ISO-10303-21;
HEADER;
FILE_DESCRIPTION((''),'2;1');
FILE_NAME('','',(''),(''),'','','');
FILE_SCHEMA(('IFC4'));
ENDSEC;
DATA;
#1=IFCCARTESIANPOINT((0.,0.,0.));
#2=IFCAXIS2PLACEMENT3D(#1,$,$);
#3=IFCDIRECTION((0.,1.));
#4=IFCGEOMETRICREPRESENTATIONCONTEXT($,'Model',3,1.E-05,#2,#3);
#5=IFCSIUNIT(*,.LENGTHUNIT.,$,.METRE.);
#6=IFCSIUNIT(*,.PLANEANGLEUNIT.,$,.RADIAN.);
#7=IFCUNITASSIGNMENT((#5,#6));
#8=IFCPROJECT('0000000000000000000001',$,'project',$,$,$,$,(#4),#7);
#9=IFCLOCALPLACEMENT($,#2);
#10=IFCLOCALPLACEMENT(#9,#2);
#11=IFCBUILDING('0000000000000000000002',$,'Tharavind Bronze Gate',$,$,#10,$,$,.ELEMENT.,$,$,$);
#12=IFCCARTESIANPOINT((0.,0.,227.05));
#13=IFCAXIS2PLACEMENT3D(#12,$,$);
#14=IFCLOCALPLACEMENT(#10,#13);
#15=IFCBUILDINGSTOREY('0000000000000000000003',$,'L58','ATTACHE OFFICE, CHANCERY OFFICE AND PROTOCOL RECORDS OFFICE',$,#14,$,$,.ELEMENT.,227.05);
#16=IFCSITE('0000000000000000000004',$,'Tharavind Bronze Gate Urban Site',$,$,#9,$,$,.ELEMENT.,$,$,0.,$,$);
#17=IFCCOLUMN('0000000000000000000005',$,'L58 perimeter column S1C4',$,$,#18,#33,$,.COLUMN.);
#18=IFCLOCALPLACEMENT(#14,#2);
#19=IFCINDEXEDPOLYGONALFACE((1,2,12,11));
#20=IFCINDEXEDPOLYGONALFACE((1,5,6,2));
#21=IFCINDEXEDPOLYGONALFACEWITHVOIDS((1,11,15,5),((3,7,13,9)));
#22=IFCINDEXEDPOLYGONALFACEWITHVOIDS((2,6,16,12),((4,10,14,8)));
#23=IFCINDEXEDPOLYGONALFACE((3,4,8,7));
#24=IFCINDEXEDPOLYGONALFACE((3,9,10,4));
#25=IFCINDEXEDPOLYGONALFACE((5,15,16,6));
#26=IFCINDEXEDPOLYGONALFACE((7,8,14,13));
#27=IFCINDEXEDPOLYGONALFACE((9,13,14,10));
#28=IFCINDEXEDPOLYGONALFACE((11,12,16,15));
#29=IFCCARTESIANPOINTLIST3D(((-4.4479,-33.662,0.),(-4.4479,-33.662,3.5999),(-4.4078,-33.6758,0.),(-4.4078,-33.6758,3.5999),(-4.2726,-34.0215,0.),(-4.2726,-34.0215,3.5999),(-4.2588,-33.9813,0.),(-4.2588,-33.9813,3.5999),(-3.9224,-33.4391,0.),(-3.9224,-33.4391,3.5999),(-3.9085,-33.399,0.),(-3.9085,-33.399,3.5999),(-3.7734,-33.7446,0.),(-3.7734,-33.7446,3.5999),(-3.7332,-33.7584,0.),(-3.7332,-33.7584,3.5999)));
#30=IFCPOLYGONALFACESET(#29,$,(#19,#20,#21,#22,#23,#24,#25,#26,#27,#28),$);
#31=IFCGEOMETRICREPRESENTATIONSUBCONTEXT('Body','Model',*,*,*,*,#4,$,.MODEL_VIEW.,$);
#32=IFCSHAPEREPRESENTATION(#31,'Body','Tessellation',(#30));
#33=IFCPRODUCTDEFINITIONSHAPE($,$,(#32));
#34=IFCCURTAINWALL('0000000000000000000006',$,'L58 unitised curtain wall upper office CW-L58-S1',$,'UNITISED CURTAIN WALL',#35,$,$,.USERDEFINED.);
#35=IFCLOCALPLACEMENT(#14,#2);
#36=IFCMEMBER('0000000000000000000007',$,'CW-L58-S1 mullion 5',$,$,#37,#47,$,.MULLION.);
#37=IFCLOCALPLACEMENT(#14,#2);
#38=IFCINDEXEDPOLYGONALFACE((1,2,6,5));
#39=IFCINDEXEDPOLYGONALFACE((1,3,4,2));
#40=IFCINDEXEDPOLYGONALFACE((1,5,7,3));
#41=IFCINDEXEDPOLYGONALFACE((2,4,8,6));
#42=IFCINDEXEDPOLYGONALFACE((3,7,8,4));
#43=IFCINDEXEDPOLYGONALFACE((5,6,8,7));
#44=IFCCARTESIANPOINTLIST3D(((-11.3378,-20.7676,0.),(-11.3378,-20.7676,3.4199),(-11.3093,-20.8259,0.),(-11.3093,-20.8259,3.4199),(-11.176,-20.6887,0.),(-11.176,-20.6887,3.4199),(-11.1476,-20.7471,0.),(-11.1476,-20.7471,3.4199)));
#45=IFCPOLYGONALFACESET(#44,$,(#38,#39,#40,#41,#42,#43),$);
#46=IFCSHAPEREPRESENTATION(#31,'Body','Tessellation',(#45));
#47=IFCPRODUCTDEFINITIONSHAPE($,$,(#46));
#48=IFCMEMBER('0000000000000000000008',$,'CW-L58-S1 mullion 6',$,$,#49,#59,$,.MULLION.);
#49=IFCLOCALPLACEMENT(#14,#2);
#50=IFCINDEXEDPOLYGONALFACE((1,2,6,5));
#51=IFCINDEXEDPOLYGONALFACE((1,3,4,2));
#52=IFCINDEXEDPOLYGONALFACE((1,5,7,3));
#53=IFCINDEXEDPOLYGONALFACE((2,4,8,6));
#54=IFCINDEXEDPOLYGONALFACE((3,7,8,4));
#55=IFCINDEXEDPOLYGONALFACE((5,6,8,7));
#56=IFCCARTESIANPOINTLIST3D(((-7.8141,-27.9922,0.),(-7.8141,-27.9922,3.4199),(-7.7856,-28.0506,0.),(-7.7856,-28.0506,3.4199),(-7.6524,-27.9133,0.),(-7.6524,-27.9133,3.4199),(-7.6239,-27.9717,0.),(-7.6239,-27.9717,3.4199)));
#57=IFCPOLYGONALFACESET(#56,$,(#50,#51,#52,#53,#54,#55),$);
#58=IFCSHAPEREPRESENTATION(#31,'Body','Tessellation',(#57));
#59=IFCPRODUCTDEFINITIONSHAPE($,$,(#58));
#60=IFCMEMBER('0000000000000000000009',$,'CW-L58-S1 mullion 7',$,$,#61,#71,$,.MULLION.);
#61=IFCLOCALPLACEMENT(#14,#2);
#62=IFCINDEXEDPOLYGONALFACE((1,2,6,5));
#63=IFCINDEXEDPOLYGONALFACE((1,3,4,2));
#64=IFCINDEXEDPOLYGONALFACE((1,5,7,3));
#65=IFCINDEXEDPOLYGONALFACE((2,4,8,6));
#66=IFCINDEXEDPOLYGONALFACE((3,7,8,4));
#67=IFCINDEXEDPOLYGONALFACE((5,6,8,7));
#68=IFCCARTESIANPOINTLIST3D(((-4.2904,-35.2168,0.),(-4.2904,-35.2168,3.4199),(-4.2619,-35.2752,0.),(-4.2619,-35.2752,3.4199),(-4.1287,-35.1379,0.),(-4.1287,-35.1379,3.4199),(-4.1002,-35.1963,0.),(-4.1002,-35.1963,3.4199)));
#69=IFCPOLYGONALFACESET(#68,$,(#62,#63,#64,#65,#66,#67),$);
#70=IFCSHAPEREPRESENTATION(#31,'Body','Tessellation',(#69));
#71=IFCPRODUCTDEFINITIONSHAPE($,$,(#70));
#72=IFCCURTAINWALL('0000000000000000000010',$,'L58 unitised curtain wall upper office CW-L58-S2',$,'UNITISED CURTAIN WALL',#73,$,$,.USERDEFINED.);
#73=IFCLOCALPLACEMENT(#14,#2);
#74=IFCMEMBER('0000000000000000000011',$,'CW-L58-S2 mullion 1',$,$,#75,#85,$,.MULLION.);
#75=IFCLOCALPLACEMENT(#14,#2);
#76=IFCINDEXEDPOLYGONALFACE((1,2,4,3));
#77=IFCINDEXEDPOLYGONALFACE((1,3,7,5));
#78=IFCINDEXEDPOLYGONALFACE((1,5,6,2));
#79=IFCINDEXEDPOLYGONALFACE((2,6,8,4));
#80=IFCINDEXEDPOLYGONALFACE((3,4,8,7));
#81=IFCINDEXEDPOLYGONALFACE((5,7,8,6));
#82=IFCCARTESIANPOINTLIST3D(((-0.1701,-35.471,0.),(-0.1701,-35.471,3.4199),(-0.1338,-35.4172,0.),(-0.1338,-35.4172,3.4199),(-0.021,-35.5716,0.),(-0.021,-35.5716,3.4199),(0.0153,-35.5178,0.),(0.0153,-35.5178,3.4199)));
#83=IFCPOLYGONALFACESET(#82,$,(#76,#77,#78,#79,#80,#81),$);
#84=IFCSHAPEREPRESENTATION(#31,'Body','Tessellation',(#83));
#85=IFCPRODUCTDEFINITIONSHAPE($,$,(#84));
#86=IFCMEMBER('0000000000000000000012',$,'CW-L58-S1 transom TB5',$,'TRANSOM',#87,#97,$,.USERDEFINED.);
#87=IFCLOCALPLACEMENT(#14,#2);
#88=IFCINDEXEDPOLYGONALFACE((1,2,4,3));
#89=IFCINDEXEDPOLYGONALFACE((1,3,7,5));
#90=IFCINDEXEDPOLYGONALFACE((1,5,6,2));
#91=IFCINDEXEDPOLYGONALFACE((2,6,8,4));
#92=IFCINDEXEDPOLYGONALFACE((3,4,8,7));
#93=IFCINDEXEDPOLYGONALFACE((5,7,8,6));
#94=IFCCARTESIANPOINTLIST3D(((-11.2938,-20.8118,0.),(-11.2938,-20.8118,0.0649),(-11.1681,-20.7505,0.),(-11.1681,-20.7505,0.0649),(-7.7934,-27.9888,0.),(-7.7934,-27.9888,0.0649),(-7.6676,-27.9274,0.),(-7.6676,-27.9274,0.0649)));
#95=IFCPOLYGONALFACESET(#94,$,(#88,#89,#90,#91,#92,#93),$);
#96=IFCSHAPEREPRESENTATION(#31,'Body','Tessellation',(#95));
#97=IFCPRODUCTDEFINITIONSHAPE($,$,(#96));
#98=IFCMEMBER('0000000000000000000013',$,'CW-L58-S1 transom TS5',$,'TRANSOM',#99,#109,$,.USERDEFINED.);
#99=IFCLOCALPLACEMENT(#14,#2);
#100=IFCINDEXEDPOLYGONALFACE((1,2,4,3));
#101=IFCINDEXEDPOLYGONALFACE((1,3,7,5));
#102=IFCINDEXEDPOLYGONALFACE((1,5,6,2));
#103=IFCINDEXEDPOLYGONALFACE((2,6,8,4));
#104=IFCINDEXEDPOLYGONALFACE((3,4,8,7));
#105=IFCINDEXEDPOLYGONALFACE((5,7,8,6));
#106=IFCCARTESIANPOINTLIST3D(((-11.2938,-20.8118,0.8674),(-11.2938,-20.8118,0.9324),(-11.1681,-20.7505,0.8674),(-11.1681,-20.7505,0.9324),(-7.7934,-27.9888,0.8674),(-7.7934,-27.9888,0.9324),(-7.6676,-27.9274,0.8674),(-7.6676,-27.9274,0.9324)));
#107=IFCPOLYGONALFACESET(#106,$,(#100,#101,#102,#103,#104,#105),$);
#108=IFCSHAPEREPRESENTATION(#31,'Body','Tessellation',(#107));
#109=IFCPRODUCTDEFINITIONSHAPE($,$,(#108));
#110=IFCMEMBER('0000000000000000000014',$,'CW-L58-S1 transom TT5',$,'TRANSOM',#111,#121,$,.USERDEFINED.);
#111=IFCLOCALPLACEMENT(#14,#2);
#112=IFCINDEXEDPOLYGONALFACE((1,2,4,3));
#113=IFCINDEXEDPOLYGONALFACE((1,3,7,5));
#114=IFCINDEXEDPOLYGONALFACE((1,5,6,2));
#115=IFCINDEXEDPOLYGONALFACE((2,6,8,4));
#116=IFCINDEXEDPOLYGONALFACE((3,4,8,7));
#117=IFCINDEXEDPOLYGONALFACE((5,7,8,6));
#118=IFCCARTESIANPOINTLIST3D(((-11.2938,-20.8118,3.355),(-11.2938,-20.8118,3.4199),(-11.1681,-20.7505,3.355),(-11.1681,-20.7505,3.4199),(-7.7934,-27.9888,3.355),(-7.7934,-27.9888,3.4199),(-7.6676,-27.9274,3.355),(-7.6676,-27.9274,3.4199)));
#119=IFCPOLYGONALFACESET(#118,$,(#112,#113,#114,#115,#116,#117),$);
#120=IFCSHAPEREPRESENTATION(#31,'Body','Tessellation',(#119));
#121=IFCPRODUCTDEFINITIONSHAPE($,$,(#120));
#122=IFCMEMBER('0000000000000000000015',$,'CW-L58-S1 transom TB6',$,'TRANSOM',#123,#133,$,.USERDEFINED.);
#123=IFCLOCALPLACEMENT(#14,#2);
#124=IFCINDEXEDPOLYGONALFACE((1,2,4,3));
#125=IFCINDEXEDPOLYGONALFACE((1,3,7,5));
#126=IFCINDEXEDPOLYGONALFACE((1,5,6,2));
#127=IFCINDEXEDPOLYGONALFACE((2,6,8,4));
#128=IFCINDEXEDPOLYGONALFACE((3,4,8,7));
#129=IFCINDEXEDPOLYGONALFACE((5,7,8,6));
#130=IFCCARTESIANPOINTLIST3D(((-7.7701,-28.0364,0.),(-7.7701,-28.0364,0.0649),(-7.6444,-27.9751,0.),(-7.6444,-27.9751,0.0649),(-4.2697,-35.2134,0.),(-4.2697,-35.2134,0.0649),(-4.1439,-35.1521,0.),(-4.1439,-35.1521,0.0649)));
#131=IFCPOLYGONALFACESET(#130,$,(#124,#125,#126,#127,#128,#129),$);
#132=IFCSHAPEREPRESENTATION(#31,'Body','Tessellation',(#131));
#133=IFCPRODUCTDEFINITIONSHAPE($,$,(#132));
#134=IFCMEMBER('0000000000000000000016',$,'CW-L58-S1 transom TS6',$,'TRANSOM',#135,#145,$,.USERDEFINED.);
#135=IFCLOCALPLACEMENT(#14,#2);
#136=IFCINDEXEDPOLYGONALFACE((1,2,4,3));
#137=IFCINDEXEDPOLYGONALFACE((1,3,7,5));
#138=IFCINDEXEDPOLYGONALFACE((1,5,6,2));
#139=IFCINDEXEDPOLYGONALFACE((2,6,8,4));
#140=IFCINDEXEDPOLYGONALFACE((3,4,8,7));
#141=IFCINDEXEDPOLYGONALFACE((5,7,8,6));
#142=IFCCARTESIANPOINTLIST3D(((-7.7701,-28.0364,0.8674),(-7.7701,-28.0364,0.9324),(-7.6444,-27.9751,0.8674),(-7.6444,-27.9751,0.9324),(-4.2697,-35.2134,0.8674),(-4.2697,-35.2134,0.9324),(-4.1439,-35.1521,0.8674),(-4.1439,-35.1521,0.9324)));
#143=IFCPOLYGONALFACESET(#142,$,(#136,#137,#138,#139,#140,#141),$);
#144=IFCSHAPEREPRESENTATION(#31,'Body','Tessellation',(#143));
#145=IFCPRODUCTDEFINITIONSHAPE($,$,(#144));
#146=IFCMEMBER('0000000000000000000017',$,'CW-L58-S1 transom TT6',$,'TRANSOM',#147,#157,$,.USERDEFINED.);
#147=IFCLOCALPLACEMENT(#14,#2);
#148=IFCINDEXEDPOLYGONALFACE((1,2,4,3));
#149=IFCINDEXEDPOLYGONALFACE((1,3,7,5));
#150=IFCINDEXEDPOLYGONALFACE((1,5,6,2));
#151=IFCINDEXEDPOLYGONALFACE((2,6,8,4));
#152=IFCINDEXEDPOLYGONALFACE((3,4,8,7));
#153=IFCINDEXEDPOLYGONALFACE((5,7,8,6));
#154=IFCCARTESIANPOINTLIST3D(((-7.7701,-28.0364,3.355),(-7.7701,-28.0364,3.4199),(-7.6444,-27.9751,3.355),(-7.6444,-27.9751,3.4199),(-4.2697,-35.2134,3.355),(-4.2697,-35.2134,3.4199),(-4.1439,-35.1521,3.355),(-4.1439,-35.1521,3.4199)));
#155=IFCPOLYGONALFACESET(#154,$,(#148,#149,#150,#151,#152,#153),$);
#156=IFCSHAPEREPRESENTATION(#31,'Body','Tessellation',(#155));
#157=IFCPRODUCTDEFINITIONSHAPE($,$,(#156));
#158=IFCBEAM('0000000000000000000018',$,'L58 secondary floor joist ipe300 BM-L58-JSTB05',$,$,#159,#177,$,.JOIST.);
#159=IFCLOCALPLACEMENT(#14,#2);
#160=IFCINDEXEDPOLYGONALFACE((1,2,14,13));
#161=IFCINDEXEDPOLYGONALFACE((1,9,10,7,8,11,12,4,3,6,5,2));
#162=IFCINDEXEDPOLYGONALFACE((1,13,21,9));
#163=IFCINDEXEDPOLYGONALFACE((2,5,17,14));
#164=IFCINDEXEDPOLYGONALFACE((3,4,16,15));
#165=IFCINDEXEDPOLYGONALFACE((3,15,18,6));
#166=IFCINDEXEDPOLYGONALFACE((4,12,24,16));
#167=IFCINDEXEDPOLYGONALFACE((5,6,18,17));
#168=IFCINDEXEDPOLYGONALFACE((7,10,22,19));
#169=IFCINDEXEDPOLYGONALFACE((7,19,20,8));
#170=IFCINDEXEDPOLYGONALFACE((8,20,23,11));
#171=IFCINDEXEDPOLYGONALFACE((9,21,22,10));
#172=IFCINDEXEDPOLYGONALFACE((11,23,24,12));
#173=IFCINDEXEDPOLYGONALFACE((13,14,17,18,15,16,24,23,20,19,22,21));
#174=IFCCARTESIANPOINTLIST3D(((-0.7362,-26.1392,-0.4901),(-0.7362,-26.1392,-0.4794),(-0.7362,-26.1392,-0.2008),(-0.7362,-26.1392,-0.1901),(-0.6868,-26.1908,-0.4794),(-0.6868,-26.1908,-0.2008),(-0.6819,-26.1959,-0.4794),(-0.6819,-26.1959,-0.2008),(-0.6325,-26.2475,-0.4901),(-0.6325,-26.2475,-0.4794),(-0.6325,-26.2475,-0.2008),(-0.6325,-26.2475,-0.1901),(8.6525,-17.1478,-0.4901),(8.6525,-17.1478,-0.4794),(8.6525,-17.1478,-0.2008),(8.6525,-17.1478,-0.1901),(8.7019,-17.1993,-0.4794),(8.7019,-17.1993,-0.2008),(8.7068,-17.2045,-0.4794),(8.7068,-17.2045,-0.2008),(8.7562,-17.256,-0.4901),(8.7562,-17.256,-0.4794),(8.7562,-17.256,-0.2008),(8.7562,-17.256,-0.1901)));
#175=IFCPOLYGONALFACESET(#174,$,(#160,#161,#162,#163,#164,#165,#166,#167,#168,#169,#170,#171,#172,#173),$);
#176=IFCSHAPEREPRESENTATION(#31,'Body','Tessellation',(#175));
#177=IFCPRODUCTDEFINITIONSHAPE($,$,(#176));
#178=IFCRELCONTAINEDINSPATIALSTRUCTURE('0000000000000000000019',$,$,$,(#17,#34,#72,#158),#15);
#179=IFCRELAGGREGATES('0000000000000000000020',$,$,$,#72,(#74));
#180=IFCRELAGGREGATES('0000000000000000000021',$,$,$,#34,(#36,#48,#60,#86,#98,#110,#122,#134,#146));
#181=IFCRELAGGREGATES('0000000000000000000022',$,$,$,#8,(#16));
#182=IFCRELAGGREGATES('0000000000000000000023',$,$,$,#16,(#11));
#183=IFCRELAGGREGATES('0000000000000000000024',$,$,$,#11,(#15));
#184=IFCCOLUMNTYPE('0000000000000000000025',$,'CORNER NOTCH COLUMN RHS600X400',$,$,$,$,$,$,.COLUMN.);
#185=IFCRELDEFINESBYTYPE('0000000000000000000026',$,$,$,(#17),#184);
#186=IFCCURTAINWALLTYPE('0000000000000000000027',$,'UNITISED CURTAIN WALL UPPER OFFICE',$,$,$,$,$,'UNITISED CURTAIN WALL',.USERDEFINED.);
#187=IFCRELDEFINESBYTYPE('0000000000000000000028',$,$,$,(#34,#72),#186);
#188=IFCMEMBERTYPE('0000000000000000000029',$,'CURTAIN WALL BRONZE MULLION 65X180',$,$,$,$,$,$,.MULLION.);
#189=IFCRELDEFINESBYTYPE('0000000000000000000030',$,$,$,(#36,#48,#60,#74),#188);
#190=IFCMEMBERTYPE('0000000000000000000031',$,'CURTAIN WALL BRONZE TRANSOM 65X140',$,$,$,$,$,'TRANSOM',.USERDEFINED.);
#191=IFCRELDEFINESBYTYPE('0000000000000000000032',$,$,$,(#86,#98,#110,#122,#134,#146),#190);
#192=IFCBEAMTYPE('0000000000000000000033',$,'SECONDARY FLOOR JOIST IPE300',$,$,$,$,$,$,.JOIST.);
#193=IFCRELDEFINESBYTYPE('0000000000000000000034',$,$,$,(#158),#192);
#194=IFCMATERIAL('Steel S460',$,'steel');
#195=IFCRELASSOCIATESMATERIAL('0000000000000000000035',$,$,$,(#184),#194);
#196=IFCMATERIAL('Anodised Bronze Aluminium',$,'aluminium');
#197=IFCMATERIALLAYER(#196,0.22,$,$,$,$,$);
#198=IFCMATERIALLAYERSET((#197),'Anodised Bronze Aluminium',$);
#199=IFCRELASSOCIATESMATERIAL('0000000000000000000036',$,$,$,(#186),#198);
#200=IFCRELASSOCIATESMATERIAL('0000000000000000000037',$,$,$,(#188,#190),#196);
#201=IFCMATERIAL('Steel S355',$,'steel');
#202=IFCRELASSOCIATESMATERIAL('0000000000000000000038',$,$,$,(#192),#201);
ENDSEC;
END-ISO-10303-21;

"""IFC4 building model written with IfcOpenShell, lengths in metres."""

from ifc_helpers import new_model, si_unit, direction, frame, origin, origin_2d, place, context, subcontext, project, spatial, rectangle, hollow_rectangle, i_section, extrude, material, layer, layer_set, material_profile, profile_set, type_object, element, aggregate, save


model = new_model("IFC4")

# Units and contexts
model_context = context("Model", 3, precision=1e-05, world=origin(), true_north=direction((0.0, 1.0)))
body_context = subcontext(model_context, "Body", "Model", "MODEL_VIEW")
ifc_project = project(units=[si_unit("LENGTHUNIT", "METRE"), si_unit("PLANEANGLEUNIT", "RADIAN")], contexts=[model_context])

# Site, building, storey
site_placement = place(None, origin())
site = spatial("IfcSite", under=ifc_project, at=site_placement, Name="Tharavind Bronze Gate Urban Site", CompositionType="ELEMENT", RefElevation=0.0)
building_placement = place(site_placement, origin())
building = spatial("IfcBuilding", under=site, at=building_placement, Name="Tharavind Bronze Gate", CompositionType="ELEMENT")
storey_placement = place(building_placement, frame((0.0, 0.0, 227.05)))
storey = spatial("IfcBuildingStorey", under=building, at=storey_placement, Name="L58", Description="ATTACHE OFFICE, CHANCERY OFFICE AND PROTOCOL RECORDS OFFICE", CompositionType="ELEMENT", Elevation=227.05)

# Column
ifc_material_1 = material(Name="Steel S460", Category="steel")
ifc_material_profile_1 = material_profile(ifc_material_1, hollow_rectangle(XDim=0.3999, YDim=0.6001, WallThickness=0.03, at=origin_2d()), Name="RHS600X400X30")
ifc_profile_set_1 = profile_set([ifc_material_profile_1], Name="Steel S460")
column_type = type_object("IfcColumnType", Name="CORNER NOTCH COLUMN RHS600X400", PredefinedType="COLUMN", material=ifc_profile_set_1)
column_placement = place(storey_placement, frame((-4.0906, -33.7102, 0.0), z_axis=(0.0, 0.0, 1.0), x_axis=(-0.438371, 0.898794, 0.0)))
element("IfcColumn", 1, at=column_placement, inside=storey, type_object=column_type, Name="L58 perimeter column S1C4", PredefinedType="COLUMN", context=body_context, shape_type="SweptSolid", body=[
    extrude(hollow_rectangle(XDim=0.3999, YDim=0.6001, WallThickness=0.03, at=origin_2d()), origin(), (0.0, 0.0, 1.0), 3.5999),
])

# Curtain wall, members
ifc_material_2 = material(Name="Anodised Bronze Aluminium", Category="aluminium")
ifc_layer_1 = layer(ifc_material_2, 0.22)
ifc_layer_set_1 = layer_set([ifc_layer_1], Name="Anodised Bronze Aluminium")
curtain_wall_type = type_object("IfcCurtainWallType", Name="UNITISED CURTAIN WALL UPPER OFFICE", ElementType="UNITISED CURTAIN WALL", PredefinedType="USERDEFINED", material=ifc_layer_set_1)
curtain_wall_1_placement = place(storey_placement, origin())
curtain_wall_1 = element("IfcCurtainWall", 2, at=curtain_wall_1_placement, inside=storey, type_object=curtain_wall_type, Name="L58 unitised curtain wall upper office CW-L58-S1", ObjectType="UNITISED CURTAIN WALL", PredefinedType="USERDEFINED")
member_type_1 = type_object("IfcMemberType", Name="CURTAIN WALL BRONZE MULLION 65X180", PredefinedType="MULLION", material=ifc_material_2)
member_1_placement = place(storey_placement, frame((-11.2427, -20.7573, 0.0), z_axis=(0.0, 0.0, 1.0), x_axis=(0.438371, -0.898794, 0.0)))
member_1 = element("IfcMember", 3, at=member_1_placement, type_object=member_type_1, Name="CW-L58-S1 mullion 5", PredefinedType="MULLION", context=body_context, shape_type="SweptSolid", body=[
    extrude(rectangle(XDim=0.0649, YDim=0.1799, at=origin_2d()), origin(), (0.0, 0.0, 1.0), 3.4199),
])
member_2_placement = place(storey_placement, frame((-7.719, -27.9819, 0.0), z_axis=(0.0, 0.0, 1.0), x_axis=(0.438371, -0.898794, 0.0)))
member_2 = element("IfcMember", 4, at=member_2_placement, type_object=member_type_1, Name="CW-L58-S1 mullion 6", PredefinedType="MULLION", context=body_context, shape_type="SweptSolid", body=[
    extrude(rectangle(XDim=0.0649, YDim=0.1799, at=origin_2d()), origin(), (0.0, 0.0, 1.0), 3.4199),
])
member_3_placement = place(storey_placement, frame((-4.1953, -35.2065, 0.0), z_axis=(0.0, 0.0, 1.0), x_axis=(0.438371, -0.898794, 0.0)))
member_3 = element("IfcMember", 5, at=member_3_placement, type_object=member_type_1, Name="CW-L58-S1 mullion 7", PredefinedType="MULLION", context=body_context, shape_type="SweptSolid", body=[
    extrude(rectangle(XDim=0.0649, YDim=0.1799, at=origin_2d()), origin(), (0.0, 0.0, 1.0), 3.4199),
])

# Curtain wall, member
curtain_wall_2_placement = place(storey_placement, origin())
curtain_wall_2 = element("IfcCurtainWall", 6, at=curtain_wall_2_placement, inside=storey, type_object=curtain_wall_type, Name="L58 unitised curtain wall upper office CW-L58-S2", ObjectType="UNITISED CURTAIN WALL", PredefinedType="USERDEFINED")
member_4_placement = place(storey_placement, frame((-0.0774, -35.4944, 0.0), z_axis=(0.0, 0.0, 1.0), x_axis=(0.559193, 0.829038, 0.0)))
member_4 = element("IfcMember", 7, at=member_4_placement, type_object=member_type_1, Name="CW-L58-S2 mullion 1", PredefinedType="MULLION", context=body_context, shape_type="SweptSolid", body=[
    extrude(rectangle(XDim=0.0649, YDim=0.1799, at=origin_2d()), origin(), (0.0, 0.0, 1.0), 3.4199),
])
aggregate(curtain_wall_2, [member_4])

# Members
member_type_2 = type_object("IfcMemberType", Name="CURTAIN WALL BRONZE TRANSOM 65X140", ElementType="TRANSOM", PredefinedType="USERDEFINED", material=ifc_material_2)
member_5_placement = place(storey_placement, frame((-9.4807, -24.3696, 0.0), z_axis=(0.0, 0.0, 1.0), x_axis=(0.438371, -0.898794, 0.0)))
member_5 = element("IfcMember", 8, at=member_5_placement, type_object=member_type_2, Name="CW-L58-S1 transom TB5", ObjectType="TRANSOM", PredefinedType="USERDEFINED", context=body_context, shape_type="SweptSolid", body=[
    extrude(rectangle(XDim=7.9851, YDim=0.1399, at=origin_2d()), origin(), (0.0, 0.0, 1.0), 0.0649),
])
member_6_placement = place(storey_placement, frame((-9.4807, -24.3696, 0.8674), z_axis=(0.0, 0.0, 1.0), x_axis=(0.438371, -0.898794, 0.0)))
member_6 = element("IfcMember", 9, at=member_6_placement, type_object=member_type_2, Name="CW-L58-S1 transom TS5", ObjectType="TRANSOM", PredefinedType="USERDEFINED", context=body_context, shape_type="SweptSolid", body=[
    extrude(rectangle(XDim=7.9851, YDim=0.1399, at=origin_2d()), origin(), (0.0, 0.0, 1.0), 0.0649),
])
member_7_placement = place(storey_placement, frame((-9.4807, -24.3696, 3.355), z_axis=(0.0, 0.0, 1.0), x_axis=(0.438371, -0.898794, 0.0)))
member_7 = element("IfcMember", 10, at=member_7_placement, type_object=member_type_2, Name="CW-L58-S1 transom TT5", ObjectType="TRANSOM", PredefinedType="USERDEFINED", context=body_context, shape_type="SweptSolid", body=[
    extrude(rectangle(XDim=7.9851, YDim=0.1399, at=origin_2d()), origin(), (0.0, 0.0, 1.0), 0.0649),
])
member_8_placement = place(storey_placement, frame((-5.957, -31.5942, 0.0), z_axis=(0.0, 0.0, 1.0), x_axis=(0.438371, -0.898794, 0.0)))
member_8 = element("IfcMember", 11, at=member_8_placement, type_object=member_type_2, Name="CW-L58-S1 transom TB6", ObjectType="TRANSOM", PredefinedType="USERDEFINED", context=body_context, shape_type="SweptSolid", body=[
    extrude(rectangle(XDim=7.9851, YDim=0.1399, at=origin_2d()), origin(), (0.0, 0.0, 1.0), 0.0649),
])
member_9_placement = place(storey_placement, frame((-5.957, -31.5942, 0.8674), z_axis=(0.0, 0.0, 1.0), x_axis=(0.438371, -0.898794, 0.0)))
member_9 = element("IfcMember", 12, at=member_9_placement, type_object=member_type_2, Name="CW-L58-S1 transom TS6", ObjectType="TRANSOM", PredefinedType="USERDEFINED", context=body_context, shape_type="SweptSolid", body=[
    extrude(rectangle(XDim=7.9851, YDim=0.1399, at=origin_2d()), origin(), (0.0, 0.0, 1.0), 0.0649),
])
member_10_placement = place(storey_placement, frame((-5.957, -31.5942, 3.355), z_axis=(0.0, 0.0, 1.0), x_axis=(0.438371, -0.898794, 0.0)))
member_10 = element("IfcMember", 13, at=member_10_placement, type_object=member_type_2, Name="CW-L58-S1 transom TT6", ObjectType="TRANSOM", PredefinedType="USERDEFINED", context=body_context, shape_type="SweptSolid", body=[
    extrude(rectangle(XDim=7.9851, YDim=0.1399, at=origin_2d()), origin(), (0.0, 0.0, 1.0), 0.0649),
])

# Beam
ifc_material_3 = material(Name="Steel S355", Category="steel")
ifc_material_profile_2 = material_profile(ifc_material_3, i_section(OverallWidth=0.1499, OverallDepth=0.3, WebThickness=0.0071, FlangeThickness=0.0107, at=origin_2d()), Name="IPE300")
ifc_profile_set_2 = profile_set([ifc_material_profile_2], Name="Steel S355")
beam_type_1 = type_object("IfcBeamType", Name="SECONDARY FLOOR JOIST IPE300", PredefinedType="JOIST", material=ifc_profile_set_2)
beam_1_placement = place(storey_placement, frame((-0.6843, -26.1934, -0.3401), z_axis=(0.72222, 0.691664, 0.0), x_axis=(-0.691664, 0.72222, 0.0)))
element("IfcBeam", 14, at=beam_1_placement, inside=storey, type_object=beam_type_1, Name="L58 secondary floor joist ipe300 BM-L58-JSTB05", PredefinedType="JOIST", context=body_context, shape_type="SweptSolid", body=[
    extrude(i_section(OverallWidth=0.1499, OverallDepth=0.3, WebThickness=0.0071, FlangeThickness=0.0107, at=origin_2d()), origin(), (0.0, 0.0, 1.0), 12.9998),
])

aggregate(curtain_wall_1, [member_1, member_2, member_3, member_5, member_6, member_7, member_8, member_9, member_10])

save(model, "model.ifc")
